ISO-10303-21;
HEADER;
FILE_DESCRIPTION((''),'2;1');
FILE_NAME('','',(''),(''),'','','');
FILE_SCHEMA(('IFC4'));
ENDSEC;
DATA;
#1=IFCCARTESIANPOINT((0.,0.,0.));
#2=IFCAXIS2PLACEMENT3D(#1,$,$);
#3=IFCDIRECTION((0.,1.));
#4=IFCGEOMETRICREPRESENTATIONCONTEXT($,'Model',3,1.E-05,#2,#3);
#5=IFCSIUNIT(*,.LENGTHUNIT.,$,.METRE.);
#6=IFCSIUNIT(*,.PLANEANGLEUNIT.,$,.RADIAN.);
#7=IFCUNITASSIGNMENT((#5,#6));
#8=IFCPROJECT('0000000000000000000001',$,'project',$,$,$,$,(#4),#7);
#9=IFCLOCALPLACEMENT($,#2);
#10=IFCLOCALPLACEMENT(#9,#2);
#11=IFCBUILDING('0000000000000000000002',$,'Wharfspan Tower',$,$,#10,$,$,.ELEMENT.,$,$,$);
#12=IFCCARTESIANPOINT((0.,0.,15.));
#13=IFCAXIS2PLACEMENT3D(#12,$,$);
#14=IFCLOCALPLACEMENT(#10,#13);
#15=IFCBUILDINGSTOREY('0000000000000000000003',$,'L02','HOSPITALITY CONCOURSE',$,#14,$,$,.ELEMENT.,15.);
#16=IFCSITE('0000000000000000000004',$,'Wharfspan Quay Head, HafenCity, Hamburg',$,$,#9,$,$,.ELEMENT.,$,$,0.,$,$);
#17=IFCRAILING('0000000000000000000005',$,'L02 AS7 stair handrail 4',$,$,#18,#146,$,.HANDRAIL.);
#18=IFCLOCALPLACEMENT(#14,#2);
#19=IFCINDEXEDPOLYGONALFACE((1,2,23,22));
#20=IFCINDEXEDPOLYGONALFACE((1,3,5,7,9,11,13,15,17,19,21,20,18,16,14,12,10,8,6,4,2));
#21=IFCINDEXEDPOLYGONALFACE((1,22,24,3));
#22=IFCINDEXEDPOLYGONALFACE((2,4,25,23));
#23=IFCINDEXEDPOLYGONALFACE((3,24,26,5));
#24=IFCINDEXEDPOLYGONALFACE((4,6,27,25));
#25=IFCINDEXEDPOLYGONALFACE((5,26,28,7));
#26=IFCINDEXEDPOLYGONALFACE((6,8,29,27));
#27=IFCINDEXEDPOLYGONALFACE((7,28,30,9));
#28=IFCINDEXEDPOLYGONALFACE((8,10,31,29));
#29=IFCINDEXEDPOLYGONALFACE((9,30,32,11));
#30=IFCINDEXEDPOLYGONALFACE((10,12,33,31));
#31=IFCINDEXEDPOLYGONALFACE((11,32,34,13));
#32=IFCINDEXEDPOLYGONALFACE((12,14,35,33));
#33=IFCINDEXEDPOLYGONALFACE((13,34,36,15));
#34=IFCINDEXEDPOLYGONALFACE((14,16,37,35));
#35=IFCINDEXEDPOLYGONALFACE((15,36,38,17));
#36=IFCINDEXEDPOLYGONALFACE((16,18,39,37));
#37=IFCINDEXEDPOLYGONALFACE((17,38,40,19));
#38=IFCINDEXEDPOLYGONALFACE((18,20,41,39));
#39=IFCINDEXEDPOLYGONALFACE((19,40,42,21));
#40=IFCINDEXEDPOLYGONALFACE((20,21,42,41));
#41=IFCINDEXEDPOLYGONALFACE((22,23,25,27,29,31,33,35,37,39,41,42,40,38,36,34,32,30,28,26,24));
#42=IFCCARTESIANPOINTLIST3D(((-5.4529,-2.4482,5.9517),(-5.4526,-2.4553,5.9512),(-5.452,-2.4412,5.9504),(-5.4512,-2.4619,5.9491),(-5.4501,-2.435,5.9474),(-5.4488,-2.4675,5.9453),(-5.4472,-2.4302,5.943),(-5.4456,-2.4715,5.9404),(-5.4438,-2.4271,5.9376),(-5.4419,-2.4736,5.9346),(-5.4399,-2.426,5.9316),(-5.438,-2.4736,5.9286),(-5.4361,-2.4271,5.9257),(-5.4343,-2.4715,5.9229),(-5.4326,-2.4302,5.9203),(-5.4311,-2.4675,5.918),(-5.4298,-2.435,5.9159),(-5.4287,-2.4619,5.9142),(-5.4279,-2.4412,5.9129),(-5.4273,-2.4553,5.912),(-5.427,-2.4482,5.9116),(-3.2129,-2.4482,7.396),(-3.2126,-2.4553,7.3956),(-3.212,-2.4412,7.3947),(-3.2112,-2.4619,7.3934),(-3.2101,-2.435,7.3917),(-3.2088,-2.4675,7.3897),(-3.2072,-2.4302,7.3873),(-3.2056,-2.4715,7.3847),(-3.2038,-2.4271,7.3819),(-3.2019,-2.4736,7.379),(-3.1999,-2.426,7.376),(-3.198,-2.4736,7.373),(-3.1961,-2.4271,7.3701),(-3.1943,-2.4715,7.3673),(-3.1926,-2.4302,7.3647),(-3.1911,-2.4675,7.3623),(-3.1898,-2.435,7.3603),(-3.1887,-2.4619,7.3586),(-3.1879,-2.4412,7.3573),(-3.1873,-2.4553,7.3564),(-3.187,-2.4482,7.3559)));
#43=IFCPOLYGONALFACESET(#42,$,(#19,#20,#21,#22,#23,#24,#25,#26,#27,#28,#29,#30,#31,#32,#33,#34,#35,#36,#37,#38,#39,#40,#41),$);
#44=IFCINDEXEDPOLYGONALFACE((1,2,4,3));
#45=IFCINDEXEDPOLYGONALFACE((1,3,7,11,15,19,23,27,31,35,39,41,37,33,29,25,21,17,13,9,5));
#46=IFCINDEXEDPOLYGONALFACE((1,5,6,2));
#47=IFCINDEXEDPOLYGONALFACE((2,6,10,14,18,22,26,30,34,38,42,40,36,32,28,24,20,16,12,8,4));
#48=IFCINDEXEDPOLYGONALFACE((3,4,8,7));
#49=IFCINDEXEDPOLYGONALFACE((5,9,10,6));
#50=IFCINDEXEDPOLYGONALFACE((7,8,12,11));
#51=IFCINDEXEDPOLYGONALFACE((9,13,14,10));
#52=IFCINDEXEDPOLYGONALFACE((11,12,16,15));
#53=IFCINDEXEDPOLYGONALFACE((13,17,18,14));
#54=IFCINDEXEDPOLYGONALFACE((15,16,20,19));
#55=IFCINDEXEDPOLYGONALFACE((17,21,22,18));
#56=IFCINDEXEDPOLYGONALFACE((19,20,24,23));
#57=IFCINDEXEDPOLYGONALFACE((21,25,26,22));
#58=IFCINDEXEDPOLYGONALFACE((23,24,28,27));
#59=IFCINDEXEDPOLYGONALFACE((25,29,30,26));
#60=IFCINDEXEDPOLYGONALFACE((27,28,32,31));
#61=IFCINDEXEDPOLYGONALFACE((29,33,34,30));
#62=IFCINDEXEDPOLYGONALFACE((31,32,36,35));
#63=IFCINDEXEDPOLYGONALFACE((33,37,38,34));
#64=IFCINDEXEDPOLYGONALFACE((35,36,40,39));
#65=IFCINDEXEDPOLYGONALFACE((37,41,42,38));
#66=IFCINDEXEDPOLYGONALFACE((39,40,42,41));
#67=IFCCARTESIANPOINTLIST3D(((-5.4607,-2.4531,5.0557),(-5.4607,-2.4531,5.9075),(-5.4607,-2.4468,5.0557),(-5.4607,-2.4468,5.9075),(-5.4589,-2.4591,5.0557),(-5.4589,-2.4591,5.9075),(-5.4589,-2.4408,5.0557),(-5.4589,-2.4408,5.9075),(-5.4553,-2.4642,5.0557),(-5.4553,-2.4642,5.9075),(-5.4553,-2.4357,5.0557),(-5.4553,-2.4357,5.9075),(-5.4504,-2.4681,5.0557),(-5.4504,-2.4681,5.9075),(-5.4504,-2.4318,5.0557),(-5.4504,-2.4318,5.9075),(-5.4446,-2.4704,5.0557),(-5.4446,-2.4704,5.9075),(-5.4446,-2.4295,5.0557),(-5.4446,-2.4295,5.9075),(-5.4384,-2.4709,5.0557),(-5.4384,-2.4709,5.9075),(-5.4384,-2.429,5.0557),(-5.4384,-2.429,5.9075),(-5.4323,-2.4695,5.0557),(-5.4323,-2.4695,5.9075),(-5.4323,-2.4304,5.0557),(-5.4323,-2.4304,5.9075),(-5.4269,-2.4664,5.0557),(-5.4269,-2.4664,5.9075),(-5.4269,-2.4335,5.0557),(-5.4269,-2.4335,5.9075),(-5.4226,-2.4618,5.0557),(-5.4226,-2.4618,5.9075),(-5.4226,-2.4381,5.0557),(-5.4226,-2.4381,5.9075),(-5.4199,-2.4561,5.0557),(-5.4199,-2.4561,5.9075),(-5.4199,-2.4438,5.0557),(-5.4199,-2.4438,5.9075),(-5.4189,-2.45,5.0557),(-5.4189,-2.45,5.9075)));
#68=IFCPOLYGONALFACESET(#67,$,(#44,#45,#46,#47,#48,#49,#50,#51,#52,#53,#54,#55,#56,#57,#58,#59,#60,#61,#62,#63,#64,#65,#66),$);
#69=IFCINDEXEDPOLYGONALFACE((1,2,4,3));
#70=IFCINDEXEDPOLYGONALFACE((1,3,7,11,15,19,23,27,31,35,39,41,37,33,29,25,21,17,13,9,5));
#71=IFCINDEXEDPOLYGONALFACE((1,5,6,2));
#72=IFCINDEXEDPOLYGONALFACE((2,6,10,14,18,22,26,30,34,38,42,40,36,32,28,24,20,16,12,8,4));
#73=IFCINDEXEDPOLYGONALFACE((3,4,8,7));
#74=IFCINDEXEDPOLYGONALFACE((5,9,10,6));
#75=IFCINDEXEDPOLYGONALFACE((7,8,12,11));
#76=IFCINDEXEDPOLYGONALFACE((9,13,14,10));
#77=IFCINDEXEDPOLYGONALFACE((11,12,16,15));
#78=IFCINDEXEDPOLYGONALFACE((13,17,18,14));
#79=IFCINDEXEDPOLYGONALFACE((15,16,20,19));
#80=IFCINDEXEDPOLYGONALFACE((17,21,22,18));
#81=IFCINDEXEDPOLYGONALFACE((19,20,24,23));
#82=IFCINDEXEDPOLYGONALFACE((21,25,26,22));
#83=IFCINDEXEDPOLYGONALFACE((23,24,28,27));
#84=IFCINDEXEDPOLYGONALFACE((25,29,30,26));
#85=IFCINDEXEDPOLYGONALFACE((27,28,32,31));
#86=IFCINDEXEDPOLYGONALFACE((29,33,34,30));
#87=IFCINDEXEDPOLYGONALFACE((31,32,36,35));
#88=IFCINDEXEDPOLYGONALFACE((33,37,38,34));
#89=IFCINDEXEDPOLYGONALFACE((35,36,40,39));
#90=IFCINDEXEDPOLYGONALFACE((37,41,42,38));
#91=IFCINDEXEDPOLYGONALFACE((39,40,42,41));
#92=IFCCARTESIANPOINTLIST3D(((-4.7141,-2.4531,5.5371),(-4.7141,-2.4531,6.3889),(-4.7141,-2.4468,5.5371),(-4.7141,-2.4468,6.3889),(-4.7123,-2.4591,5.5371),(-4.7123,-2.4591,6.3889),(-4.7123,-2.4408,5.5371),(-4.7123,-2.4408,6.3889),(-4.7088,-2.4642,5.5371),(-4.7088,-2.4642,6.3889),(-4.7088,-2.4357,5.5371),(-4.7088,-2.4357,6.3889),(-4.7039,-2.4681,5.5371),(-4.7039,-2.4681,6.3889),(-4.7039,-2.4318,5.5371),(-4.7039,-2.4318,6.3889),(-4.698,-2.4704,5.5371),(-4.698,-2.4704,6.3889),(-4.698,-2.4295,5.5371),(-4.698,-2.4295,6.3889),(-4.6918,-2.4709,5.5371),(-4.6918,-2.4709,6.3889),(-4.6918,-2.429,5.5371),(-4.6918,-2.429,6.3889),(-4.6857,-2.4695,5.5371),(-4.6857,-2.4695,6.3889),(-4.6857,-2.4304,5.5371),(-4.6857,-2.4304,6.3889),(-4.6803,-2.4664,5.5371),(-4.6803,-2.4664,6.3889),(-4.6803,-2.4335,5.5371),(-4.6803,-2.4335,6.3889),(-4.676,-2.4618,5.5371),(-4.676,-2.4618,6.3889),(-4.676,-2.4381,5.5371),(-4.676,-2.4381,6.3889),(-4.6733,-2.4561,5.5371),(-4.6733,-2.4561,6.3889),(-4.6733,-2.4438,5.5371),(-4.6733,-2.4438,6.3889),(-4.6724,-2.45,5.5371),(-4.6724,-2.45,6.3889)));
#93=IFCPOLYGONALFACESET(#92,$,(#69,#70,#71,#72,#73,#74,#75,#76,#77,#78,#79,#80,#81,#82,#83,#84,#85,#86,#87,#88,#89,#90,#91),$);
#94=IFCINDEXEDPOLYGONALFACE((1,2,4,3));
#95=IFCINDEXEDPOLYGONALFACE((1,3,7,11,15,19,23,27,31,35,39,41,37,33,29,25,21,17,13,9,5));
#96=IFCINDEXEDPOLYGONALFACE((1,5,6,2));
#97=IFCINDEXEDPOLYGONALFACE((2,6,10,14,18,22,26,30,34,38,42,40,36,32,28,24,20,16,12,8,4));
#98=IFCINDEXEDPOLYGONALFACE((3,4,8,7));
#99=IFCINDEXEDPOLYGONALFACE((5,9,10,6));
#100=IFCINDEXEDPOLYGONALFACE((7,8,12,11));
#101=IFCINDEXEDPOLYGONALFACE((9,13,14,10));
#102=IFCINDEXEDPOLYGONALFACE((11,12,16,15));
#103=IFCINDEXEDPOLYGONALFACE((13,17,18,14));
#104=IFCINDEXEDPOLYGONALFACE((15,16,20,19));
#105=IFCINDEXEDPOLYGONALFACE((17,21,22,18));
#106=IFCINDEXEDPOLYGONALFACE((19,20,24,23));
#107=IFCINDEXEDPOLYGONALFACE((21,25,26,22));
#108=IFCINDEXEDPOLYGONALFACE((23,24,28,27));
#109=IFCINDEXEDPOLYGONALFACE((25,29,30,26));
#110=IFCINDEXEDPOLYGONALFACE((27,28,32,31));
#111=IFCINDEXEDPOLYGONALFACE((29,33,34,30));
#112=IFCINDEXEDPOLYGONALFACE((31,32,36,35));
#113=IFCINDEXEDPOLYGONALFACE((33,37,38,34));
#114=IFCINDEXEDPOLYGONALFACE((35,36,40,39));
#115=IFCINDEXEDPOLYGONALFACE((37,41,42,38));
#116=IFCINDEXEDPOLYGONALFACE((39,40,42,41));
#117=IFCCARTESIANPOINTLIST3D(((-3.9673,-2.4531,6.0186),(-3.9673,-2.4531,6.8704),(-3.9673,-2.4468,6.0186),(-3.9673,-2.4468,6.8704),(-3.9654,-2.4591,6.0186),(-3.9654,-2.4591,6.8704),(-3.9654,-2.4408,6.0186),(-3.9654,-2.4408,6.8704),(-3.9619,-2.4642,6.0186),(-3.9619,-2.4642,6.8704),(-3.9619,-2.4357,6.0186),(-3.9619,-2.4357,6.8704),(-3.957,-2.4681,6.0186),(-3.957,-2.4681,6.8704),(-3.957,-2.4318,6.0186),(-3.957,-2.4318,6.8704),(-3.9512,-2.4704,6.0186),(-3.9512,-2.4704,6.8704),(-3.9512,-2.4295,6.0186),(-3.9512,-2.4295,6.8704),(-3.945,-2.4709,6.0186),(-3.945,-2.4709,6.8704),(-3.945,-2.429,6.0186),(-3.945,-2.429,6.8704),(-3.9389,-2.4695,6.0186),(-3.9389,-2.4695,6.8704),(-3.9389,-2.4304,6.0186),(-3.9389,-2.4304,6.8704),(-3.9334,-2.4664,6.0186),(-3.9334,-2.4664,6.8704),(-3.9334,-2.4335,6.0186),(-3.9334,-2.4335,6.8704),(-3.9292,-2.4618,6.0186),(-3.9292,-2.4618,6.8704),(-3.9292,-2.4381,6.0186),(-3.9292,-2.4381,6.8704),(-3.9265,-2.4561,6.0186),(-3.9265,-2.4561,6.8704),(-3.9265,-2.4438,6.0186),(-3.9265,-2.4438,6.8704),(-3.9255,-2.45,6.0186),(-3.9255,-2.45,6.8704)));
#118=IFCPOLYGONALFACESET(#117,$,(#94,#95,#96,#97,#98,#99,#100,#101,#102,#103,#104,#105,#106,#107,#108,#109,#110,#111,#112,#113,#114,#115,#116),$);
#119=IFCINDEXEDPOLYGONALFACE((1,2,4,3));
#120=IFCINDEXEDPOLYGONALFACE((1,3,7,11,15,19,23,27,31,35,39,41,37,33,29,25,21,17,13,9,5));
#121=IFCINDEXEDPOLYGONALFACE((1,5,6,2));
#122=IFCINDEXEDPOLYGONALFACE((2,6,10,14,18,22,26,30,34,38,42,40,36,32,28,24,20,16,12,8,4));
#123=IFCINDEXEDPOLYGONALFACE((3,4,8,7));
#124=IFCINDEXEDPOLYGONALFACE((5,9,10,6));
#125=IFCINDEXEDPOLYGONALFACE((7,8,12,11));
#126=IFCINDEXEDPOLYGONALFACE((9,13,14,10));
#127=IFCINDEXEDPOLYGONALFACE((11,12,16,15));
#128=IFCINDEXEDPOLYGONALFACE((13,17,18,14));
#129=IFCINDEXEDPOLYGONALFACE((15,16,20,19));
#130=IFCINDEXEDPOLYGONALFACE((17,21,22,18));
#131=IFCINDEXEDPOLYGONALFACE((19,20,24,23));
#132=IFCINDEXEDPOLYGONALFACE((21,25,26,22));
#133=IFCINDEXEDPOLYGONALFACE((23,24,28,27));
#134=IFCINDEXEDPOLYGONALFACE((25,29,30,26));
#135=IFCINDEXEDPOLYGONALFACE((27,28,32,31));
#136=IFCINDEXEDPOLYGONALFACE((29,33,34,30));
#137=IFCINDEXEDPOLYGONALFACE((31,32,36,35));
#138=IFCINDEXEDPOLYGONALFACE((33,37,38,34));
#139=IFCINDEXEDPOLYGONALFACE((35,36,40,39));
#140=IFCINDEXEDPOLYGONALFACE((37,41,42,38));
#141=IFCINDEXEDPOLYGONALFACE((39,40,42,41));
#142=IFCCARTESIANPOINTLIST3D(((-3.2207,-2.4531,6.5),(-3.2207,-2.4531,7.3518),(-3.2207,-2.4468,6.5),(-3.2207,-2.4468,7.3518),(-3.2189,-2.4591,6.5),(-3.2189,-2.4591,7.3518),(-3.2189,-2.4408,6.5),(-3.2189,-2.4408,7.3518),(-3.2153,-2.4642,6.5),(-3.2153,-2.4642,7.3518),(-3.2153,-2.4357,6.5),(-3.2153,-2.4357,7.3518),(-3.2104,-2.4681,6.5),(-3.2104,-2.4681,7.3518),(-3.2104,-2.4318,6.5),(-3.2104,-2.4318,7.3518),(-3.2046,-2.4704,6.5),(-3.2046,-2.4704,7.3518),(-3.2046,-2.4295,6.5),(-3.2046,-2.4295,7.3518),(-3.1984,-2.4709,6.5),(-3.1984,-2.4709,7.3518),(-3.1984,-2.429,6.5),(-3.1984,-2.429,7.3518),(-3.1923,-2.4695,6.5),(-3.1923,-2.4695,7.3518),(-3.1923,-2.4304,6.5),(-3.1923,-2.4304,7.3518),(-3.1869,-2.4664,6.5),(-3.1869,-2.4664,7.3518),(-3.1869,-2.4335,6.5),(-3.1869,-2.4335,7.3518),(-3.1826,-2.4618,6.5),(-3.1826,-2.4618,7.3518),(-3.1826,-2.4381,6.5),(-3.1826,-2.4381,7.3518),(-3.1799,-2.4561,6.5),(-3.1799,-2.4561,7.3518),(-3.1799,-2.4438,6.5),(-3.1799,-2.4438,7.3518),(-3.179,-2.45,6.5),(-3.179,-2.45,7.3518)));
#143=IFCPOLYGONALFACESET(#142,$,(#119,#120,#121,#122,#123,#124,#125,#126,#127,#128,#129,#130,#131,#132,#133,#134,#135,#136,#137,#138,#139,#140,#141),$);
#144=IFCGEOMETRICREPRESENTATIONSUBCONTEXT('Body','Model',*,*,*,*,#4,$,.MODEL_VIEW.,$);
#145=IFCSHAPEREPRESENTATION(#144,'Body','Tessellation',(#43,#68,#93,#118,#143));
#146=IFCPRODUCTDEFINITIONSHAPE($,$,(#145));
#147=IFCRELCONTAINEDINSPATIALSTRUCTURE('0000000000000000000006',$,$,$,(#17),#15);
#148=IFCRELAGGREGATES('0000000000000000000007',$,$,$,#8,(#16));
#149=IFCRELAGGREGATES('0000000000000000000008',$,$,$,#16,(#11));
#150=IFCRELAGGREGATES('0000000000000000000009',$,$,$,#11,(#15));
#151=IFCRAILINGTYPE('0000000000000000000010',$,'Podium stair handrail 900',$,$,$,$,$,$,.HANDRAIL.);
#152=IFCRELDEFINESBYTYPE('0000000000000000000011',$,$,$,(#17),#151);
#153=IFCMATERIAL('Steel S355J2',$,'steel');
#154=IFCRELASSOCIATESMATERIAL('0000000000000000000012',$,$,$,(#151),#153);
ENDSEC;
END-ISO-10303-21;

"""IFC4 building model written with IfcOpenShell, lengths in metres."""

from ifc_helpers import new_model, si_unit, direction, frame, origin, origin_2d, place, context, subcontext, project, spatial, circle, extrude, material, type_object, element, save


model = new_model("IFC4")

# Units and contexts
model_context = context("Model", 3, precision=1e-05, world=origin(), true_north=direction((0.0, 1.0)))
body_context = subcontext(model_context, "Body", "Model", "MODEL_VIEW")
ifc_project = project(units=[si_unit("LENGTHUNIT", "METRE"), si_unit("PLANEANGLEUNIT", "RADIAN")], contexts=[model_context])

# Site, building, storey
site_placement = place(None, origin())
site = spatial("IfcSite", under=ifc_project, at=site_placement, Name="Wharfspan Quay Head, HafenCity, Hamburg", CompositionType="ELEMENT", RefElevation=0.0)
building_placement = place(site_placement, origin())
building = spatial("IfcBuilding", under=site, at=building_placement, Name="Wharfspan Tower", CompositionType="ELEMENT")
storey_placement = place(building_placement, frame((0.0, 0.0, 15.0)))
storey = spatial("IfcBuildingStorey", under=building, at=storey_placement, Name="L02", Description="HOSPITALITY CONCOURSE", CompositionType="ELEMENT", Elevation=15.0)

# Railing
ifc_material_1 = material(Name="Steel S355J2", Category="steel")
railing_type_1 = type_object("IfcRailingType", Name="Podium stair handrail 900", PredefinedType="HANDRAIL", material=ifc_material_1)
for number, where, name in (
    (1, (-5.4399, -2.45, 5.0557), "L02 AS7 stair handrail 4"),
):
    element("IfcRailing", number, at=place(storey_placement, frame(where)), inside=storey, type_object=railing_type_1, Name=name, PredefinedType="HANDRAIL", context=body_context, shape_type="SweptSolid", body=[
        extrude(circle(Radius=0.0239, at=origin_2d()), frame((0.0, 0.0, 0.876), z_axis=(0.840437, 0.0, 0.54191), x_axis=(0.0, 1.0, 0.0)), (0.0, 0.0, 1.0), 2.6653),
        extrude(circle(Radius=0.021, at=origin_2d()), origin(), (0.0, 0.0, 1.0), 0.8518),
        extrude(circle(Radius=0.021, at=origin_2d()), frame((0.7466, 0.0, 0.4814)), (0.0, 0.0, 1.0), 0.8518),
        extrude(circle(Radius=0.021, at=origin_2d()), frame((1.4934, 0.0, 0.9629)), (0.0, 0.0, 1.0), 0.8518),
        extrude(circle(Radius=0.021, at=origin_2d()), frame((2.24, 0.0, 1.4443)), (0.0, 0.0, 1.0), 0.8518),
    ])

save(model, "model.ifc")
